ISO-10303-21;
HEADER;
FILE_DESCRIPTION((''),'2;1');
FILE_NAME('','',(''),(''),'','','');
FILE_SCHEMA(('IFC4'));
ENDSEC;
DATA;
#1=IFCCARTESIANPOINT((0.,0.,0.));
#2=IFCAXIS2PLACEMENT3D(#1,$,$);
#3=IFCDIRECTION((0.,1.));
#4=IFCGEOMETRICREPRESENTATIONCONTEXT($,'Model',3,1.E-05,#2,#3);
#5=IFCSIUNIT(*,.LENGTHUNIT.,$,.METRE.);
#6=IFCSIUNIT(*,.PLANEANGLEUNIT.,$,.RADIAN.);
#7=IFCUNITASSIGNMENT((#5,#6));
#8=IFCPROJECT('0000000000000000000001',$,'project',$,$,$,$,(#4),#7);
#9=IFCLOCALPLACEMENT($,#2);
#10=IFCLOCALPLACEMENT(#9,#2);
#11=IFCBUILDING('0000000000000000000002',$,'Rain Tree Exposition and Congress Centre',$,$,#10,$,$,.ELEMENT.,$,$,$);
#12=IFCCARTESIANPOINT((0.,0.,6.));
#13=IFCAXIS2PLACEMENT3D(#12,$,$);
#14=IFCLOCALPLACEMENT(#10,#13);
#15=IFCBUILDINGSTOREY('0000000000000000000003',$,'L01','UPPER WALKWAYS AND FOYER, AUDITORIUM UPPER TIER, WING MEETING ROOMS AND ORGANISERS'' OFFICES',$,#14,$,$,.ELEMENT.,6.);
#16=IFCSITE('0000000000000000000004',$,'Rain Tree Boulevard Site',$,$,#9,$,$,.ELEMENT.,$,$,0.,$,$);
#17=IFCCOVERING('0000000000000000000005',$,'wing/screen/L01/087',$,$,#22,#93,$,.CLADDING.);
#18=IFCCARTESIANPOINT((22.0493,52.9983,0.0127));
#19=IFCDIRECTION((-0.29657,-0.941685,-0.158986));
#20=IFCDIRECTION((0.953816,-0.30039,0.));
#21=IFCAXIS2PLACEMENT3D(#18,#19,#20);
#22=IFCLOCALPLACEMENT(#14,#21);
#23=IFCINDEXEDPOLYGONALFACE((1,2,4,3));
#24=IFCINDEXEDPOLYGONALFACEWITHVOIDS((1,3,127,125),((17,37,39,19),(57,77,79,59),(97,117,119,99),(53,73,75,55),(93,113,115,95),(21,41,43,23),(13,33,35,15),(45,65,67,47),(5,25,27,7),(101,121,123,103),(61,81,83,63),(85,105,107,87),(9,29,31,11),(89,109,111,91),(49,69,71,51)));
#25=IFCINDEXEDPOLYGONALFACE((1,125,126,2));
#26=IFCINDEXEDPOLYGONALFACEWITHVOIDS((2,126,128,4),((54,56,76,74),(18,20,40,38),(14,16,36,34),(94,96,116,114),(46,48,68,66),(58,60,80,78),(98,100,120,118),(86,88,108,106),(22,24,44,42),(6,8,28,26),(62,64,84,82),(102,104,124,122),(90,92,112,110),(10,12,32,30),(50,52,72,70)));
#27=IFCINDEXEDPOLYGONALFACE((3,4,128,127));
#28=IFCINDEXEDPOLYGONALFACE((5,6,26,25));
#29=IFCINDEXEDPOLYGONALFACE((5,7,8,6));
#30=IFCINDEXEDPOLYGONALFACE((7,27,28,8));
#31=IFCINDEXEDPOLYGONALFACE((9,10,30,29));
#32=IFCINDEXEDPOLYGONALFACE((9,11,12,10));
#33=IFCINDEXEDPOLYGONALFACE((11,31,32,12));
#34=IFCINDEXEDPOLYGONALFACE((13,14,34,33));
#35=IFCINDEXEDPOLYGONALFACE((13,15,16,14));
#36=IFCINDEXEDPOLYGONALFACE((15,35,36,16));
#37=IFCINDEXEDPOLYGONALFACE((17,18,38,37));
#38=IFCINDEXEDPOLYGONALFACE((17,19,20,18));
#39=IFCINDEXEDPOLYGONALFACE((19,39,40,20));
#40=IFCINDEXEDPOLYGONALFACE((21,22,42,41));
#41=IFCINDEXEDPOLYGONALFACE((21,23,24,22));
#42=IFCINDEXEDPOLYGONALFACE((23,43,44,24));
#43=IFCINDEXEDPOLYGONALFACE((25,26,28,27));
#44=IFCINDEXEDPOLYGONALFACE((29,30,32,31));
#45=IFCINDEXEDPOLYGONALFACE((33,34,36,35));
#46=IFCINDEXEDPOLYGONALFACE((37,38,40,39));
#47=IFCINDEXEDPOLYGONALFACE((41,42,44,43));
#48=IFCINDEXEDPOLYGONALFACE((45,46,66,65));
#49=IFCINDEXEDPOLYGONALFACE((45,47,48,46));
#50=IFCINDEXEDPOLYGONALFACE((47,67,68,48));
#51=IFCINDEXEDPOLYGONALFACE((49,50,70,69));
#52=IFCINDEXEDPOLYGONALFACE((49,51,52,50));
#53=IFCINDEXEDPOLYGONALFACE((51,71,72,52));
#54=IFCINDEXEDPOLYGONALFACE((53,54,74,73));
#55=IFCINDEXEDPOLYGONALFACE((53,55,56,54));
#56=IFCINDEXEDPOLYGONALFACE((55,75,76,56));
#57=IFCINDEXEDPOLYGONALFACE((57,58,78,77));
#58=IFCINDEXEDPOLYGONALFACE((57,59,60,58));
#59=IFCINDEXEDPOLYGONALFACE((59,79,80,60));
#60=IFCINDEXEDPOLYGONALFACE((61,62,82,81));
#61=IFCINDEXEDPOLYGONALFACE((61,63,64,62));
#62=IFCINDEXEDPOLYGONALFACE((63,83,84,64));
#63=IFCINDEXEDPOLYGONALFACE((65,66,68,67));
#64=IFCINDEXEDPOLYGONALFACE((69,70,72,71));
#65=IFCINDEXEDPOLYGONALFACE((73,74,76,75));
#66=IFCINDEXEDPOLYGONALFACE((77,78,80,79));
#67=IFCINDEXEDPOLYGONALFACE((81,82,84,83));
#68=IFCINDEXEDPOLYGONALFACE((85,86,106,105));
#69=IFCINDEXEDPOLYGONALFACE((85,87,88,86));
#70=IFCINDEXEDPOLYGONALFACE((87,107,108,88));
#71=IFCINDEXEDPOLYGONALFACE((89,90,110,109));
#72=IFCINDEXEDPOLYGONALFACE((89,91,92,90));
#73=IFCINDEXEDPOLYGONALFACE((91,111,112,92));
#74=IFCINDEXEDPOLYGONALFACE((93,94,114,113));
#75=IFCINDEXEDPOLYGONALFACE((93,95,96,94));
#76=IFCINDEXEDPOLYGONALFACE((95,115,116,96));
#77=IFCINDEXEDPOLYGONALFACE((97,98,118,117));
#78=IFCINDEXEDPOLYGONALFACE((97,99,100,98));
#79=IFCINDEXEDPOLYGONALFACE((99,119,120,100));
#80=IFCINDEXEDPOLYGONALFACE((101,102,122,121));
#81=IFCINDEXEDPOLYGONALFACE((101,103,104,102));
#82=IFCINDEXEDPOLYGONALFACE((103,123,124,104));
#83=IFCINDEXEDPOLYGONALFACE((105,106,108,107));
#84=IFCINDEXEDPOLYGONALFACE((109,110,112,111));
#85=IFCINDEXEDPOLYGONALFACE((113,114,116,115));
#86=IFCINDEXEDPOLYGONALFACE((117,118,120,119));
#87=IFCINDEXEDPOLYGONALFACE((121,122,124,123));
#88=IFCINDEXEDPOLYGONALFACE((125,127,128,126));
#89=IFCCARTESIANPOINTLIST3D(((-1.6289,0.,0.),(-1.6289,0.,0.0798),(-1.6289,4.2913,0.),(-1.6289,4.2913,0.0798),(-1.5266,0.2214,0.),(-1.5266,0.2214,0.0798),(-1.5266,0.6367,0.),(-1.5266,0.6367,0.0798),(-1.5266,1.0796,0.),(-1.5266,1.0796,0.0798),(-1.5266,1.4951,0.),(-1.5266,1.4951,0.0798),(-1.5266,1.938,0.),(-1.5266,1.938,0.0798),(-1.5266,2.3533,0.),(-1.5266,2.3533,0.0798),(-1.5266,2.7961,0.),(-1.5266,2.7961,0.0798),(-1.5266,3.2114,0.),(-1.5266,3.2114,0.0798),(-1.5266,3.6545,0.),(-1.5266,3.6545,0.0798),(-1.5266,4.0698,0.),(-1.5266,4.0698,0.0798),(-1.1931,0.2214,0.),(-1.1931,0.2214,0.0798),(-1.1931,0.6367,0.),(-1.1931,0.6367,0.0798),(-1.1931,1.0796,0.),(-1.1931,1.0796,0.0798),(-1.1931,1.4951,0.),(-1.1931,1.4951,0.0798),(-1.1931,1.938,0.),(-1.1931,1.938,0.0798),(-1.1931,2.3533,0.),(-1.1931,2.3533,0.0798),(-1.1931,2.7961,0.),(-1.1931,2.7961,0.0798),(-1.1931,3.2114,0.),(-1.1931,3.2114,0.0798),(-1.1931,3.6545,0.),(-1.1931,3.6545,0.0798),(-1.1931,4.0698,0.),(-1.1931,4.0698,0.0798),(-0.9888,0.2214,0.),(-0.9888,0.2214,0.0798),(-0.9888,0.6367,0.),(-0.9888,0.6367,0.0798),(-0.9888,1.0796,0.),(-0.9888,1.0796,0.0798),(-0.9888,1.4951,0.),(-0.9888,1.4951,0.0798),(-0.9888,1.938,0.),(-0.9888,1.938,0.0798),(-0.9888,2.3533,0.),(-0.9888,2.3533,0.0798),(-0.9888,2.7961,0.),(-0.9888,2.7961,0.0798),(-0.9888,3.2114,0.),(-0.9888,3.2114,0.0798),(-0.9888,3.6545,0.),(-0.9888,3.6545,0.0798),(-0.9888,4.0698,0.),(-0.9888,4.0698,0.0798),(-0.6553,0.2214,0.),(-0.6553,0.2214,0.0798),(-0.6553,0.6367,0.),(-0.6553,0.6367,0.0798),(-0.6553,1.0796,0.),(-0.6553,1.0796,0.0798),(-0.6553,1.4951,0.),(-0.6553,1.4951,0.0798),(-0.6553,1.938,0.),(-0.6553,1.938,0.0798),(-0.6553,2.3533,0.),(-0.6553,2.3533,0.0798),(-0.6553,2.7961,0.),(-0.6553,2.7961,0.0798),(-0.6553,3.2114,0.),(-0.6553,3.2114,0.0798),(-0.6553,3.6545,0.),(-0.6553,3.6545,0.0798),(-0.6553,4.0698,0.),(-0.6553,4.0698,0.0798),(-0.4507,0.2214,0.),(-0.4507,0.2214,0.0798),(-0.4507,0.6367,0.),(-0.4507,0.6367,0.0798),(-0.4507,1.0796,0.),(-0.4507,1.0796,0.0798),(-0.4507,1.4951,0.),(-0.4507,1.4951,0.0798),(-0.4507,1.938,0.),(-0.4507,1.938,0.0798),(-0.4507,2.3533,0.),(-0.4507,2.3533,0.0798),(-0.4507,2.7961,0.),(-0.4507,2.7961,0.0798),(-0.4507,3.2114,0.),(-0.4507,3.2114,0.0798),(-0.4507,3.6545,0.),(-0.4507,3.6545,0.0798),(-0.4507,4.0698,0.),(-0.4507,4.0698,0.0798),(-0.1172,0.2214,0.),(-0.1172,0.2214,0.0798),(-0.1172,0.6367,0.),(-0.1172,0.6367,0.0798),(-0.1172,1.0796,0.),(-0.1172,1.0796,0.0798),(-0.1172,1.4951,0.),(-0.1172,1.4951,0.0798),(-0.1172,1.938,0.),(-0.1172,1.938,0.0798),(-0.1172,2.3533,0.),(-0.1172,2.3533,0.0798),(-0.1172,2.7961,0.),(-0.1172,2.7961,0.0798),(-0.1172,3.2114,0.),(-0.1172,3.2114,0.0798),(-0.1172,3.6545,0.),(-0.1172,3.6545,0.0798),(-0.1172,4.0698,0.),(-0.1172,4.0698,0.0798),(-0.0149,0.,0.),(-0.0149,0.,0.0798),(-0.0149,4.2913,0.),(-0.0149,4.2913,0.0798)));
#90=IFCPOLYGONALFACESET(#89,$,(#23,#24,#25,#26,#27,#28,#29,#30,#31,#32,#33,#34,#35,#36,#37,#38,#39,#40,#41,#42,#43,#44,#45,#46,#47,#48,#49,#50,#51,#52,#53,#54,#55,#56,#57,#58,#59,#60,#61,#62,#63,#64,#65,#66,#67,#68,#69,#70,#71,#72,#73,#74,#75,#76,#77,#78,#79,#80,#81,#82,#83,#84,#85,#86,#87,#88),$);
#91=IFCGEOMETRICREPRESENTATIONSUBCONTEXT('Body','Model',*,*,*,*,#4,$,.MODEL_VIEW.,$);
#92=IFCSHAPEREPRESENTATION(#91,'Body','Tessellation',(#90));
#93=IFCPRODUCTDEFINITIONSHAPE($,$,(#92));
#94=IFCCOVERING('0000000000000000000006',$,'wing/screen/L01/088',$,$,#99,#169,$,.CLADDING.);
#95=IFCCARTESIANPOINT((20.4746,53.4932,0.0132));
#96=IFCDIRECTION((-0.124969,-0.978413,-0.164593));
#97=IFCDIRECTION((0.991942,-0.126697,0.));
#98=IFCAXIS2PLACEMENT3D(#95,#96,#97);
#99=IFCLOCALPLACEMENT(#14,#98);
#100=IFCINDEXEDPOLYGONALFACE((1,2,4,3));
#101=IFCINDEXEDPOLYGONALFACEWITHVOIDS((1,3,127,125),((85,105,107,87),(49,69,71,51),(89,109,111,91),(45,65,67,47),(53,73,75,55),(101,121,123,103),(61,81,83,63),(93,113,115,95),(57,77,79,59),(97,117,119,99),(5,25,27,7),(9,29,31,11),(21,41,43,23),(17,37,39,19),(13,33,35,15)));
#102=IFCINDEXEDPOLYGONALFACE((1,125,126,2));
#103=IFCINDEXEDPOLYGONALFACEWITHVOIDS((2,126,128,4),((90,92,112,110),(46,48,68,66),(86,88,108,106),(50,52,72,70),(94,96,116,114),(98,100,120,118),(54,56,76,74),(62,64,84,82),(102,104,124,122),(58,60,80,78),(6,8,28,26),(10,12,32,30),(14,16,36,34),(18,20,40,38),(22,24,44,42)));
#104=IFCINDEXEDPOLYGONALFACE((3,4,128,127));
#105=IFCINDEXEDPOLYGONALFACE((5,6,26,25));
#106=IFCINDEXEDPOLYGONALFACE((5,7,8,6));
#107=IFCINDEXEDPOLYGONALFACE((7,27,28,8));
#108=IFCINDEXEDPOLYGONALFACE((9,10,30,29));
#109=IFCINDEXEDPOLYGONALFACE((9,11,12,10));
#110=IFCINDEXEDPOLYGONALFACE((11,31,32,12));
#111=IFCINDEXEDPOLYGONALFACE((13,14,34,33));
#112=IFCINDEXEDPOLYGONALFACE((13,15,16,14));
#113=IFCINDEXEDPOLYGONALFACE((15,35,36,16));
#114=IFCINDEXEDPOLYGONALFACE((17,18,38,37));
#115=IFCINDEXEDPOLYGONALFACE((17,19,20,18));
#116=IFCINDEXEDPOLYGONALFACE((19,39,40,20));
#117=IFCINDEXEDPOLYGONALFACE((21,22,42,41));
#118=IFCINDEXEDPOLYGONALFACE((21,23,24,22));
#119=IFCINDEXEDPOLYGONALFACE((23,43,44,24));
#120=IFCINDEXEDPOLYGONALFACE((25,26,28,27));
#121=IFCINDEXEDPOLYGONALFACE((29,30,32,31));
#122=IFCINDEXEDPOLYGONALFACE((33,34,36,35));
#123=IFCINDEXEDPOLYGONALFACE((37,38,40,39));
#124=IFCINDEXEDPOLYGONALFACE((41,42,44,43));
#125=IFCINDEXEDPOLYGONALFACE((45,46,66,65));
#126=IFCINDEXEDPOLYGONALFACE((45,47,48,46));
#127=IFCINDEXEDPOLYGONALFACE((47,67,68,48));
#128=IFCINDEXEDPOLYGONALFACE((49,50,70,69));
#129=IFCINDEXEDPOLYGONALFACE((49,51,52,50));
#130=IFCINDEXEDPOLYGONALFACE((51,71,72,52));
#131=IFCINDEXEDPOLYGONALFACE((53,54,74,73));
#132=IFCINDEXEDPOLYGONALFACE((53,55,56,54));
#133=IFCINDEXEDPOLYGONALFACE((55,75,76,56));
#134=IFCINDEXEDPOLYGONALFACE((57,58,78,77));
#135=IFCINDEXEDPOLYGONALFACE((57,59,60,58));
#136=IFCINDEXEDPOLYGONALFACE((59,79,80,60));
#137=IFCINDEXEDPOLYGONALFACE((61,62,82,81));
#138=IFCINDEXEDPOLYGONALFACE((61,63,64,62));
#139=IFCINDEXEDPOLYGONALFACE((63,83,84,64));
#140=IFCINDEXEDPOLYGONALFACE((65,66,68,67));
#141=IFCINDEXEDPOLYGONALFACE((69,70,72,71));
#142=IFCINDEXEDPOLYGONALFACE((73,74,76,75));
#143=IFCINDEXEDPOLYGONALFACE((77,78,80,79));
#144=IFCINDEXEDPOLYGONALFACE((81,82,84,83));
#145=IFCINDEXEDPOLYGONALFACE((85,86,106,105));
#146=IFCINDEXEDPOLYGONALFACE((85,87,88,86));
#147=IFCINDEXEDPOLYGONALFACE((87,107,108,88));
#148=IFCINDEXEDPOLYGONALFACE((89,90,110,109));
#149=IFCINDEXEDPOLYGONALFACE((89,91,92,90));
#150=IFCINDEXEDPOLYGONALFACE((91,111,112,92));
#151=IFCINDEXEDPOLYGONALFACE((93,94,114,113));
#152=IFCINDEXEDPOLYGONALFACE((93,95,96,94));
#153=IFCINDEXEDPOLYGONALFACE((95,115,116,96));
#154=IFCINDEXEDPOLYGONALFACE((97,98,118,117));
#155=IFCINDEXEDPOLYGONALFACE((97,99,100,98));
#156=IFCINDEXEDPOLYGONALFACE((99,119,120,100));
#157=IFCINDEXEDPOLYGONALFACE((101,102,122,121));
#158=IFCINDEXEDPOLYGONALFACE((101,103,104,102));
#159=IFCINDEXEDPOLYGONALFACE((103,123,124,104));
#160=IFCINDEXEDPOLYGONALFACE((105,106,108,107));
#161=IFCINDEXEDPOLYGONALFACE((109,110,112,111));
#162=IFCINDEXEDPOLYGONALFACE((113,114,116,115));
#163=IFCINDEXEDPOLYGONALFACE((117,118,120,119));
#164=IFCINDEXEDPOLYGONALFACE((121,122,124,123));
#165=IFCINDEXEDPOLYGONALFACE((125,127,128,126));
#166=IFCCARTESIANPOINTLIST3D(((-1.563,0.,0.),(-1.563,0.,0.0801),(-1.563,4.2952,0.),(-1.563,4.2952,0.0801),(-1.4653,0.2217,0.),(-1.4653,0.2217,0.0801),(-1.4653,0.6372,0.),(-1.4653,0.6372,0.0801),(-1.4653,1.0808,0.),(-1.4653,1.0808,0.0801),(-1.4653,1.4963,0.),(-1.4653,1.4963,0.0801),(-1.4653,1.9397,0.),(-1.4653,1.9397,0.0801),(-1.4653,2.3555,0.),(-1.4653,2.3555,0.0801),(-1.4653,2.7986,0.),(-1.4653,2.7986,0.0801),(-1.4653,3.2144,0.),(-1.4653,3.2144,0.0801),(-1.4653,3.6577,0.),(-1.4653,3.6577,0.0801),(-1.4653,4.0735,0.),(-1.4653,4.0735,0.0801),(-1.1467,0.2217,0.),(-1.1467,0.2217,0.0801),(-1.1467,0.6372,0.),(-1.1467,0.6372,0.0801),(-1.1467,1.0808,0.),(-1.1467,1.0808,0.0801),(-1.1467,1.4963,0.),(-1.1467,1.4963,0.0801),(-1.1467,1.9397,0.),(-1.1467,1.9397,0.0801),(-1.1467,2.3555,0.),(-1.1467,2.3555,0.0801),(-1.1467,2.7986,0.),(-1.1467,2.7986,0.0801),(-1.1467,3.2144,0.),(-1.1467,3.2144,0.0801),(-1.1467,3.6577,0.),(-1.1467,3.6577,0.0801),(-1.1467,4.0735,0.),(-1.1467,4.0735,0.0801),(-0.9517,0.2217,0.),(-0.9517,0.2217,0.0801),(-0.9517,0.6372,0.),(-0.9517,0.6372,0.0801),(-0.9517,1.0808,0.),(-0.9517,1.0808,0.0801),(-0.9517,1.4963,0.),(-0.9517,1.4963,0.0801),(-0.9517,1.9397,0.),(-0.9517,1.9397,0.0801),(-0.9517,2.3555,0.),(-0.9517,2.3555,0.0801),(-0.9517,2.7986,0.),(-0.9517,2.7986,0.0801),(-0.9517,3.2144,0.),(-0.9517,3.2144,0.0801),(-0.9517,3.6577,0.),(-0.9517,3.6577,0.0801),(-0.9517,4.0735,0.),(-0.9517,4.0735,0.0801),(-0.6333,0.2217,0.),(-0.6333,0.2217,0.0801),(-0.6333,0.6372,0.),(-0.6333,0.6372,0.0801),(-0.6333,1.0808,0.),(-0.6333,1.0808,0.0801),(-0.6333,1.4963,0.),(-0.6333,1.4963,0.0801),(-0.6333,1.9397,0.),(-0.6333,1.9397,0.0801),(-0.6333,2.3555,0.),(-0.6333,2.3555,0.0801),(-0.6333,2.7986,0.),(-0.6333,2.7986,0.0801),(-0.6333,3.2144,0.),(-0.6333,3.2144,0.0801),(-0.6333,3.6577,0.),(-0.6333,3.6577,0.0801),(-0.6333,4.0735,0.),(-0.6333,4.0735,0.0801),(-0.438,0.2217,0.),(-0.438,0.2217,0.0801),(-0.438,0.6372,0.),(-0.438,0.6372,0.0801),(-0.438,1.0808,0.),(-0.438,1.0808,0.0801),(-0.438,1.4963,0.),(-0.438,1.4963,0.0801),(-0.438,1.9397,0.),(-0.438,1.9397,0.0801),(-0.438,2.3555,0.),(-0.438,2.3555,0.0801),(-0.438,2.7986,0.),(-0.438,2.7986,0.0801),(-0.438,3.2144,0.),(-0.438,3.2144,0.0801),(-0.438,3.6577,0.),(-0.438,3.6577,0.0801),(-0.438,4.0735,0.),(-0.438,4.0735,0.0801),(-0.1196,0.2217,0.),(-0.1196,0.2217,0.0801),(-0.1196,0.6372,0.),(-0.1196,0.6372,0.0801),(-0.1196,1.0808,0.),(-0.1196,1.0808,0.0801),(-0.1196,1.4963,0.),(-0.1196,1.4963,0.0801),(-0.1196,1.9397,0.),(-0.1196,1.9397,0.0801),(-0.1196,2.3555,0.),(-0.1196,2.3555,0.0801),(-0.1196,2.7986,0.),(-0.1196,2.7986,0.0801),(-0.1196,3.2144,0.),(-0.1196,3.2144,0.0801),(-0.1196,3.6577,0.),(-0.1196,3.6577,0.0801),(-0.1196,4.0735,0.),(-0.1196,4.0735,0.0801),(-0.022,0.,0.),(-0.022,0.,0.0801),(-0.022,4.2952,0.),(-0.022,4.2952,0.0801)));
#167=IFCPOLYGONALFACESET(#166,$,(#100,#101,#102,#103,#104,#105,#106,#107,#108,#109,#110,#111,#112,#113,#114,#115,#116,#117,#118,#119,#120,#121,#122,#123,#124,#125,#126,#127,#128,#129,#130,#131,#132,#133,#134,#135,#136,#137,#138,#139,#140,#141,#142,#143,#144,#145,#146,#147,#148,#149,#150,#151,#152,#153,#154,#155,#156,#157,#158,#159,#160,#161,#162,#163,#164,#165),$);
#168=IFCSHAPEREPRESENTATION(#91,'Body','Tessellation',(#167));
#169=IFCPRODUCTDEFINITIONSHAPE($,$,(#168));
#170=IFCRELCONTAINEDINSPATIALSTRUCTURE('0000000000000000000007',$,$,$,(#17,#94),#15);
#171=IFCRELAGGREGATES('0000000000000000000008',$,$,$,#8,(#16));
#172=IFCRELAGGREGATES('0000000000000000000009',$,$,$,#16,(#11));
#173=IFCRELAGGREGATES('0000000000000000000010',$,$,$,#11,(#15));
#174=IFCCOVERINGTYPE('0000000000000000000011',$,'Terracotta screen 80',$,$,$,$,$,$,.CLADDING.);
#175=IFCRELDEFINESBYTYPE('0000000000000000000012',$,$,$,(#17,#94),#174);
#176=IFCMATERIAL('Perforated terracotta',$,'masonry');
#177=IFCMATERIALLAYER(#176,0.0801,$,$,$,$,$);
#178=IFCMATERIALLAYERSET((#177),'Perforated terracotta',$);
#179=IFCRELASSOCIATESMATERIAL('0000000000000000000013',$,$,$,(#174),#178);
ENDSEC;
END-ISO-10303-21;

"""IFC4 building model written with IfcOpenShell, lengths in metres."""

from ifc_helpers import new_model, si_unit, direction, frame, origin, place, context, subcontext, project, spatial, polyline, outline, extrude, material, layer, layer_set, type_object, element, save


model = new_model("IFC4")

# Units and contexts
model_context = context("Model", 3, precision=1e-05, world=origin(), true_north=direction((0.0, 1.0)))
body_context = subcontext(model_context, "Body", "Model", "MODEL_VIEW")
ifc_project = project(units=[si_unit("LENGTHUNIT", "METRE"), si_unit("PLANEANGLEUNIT", "RADIAN")], contexts=[model_context])

# Site, building, storey
site_placement = place(None, origin())
site = spatial("IfcSite", under=ifc_project, at=site_placement, Name="Rain Tree Boulevard Site", CompositionType="ELEMENT", RefElevation=0.0)
building_placement = place(site_placement, origin())
building = spatial("IfcBuilding", under=site, at=building_placement, Name="Rain Tree Exposition and Congress Centre", CompositionType="ELEMENT")
storey_placement = place(building_placement, frame((0.0, 0.0, 6.0)))
storey = spatial("IfcBuildingStorey", under=building, at=storey_placement, Name="L01", Description="UPPER WALKWAYS AND FOYER, AUDITORIUM UPPER TIER, WING MEETING ROOMS AND ORGANISERS' OFFICES", CompositionType="ELEMENT", Elevation=6.0)

# Coverings
ifc_material_1 = material(Name="Perforated terracotta", Category="masonry")
ifc_layer_1 = layer(ifc_material_1, 0.0801)
ifc_layer_set_1 = layer_set([ifc_layer_1], Name="Perforated terracotta")
covering_type = type_object("IfcCoveringType", Name="Terracotta screen 80", PredefinedType="CLADDING", material=ifc_layer_set_1)
covering_1_placement = place(storey_placement, frame((22.0493, 52.9983, 0.0127), z_axis=(-0.29657, -0.941685, -0.158986), x_axis=(0.953816, -0.30039, 0.0)))
element("IfcCovering", 1, at=covering_1_placement, inside=storey, type_object=covering_type, Name="wing/screen/L01/087", PredefinedType="CLADDING", context=body_context, shape_type="SweptSolid", body=[
    extrude(outline(polyline([(-1.6289, 0.0), (-1.6289, 4.2913), (-0.0149, 4.2913), (-0.0149, 0.0), (-1.6289, 0.0)]), holes=[polyline([(-0.1172, 0.2214), (-0.1172, 0.6367), (-0.4507, 0.6367), (-0.4507, 0.2214), (-0.1172, 0.2214)]), polyline([(-0.1172, 1.0796), (-0.1172, 1.4951), (-0.4507, 1.4951), (-0.4507, 1.0796), (-0.1172, 1.0796)]), polyline([(-0.1172, 1.938), (-0.1172, 2.3533), (-0.4507, 2.3533), (-0.4507, 1.938), (-0.1172, 1.938)]), polyline([(-0.1172, 2.7961), (-0.1172, 3.2114), (-0.4507, 3.2114), (-0.4507, 2.7961), (-0.1172, 2.7961)]), polyline([(-0.1172, 3.6545), (-0.1172, 4.0698), (-0.4507, 4.0698), (-0.4507, 3.6545), (-0.1172, 3.6545)]), polyline([(-0.6553, 0.2214), (-0.6553, 0.6367), (-0.9888, 0.6367), (-0.9888, 0.2214), (-0.6553, 0.2214)]), polyline([(-0.6553, 1.0796), (-0.6553, 1.4951), (-0.9888, 1.4951), (-0.9888, 1.0796), (-0.6553, 1.0796)]), polyline([(-0.6553, 1.938), (-0.6553, 2.3533), (-0.9888, 2.3533), (-0.9888, 1.938), (-0.6553, 1.938)]), polyline([(-0.6553, 2.7961), (-0.6553, 3.2114), (-0.9888, 3.2114), (-0.9888, 2.7961), (-0.6553, 2.7961)]), polyline([(-0.6553, 3.6545), (-0.6553, 4.0698), (-0.9888, 4.0698), (-0.9888, 3.6545), (-0.6553, 3.6545)]), polyline([(-1.1931, 0.2214), (-1.1931, 0.6367), (-1.5266, 0.6367), (-1.5266, 0.2214), (-1.1931, 0.2214)]), polyline([(-1.1931, 1.0796), (-1.1931, 1.4951), (-1.5266, 1.4951), (-1.5266, 1.0796), (-1.1931, 1.0796)]), polyline([(-1.1931, 1.938), (-1.1931, 2.3533), (-1.5266, 2.3533), (-1.5266, 1.938), (-1.1931, 1.938)]), polyline([(-1.1931, 2.7961), (-1.1931, 3.2114), (-1.5266, 3.2114), (-1.5266, 2.7961), (-1.1931, 2.7961)]), polyline([(-1.1931, 3.6545), (-1.1931, 4.0698), (-1.5266, 4.0698), (-1.5266, 3.6545), (-1.1931, 3.6545)])]), origin(), (0.0, 0.0, 1.0), 0.0798),
])
covering_2_placement = place(storey_placement, frame((20.4746, 53.4932, 0.0132), z_axis=(-0.124969, -0.978413, -0.164593), x_axis=(0.991942, -0.126697, 0.0)))
element("IfcCovering", 2, at=covering_2_placement, inside=storey, type_object=covering_type, Name="wing/screen/L01/088", PredefinedType="CLADDING", context=body_context, shape_type="SweptSolid", body=[
    extrude(outline(polyline([(-1.563, 0.0), (-1.563, 4.2952), (-0.022, 4.2952), (-0.022, 0.0), (-1.563, 0.0)]), holes=[polyline([(-0.1196, 0.2217), (-0.1196, 0.6372), (-0.438, 0.6372), (-0.438, 0.2217), (-0.1196, 0.2217)]), polyline([(-0.1196, 1.0808), (-0.1196, 1.4963), (-0.438, 1.4963), (-0.438, 1.0808), (-0.1196, 1.0808)]), polyline([(-0.1196, 1.9397), (-0.1196, 2.3555), (-0.438, 2.3555), (-0.438, 1.9397), (-0.1196, 1.9397)]), polyline([(-0.1196, 2.7986), (-0.1196, 3.2144), (-0.438, 3.2144), (-0.438, 2.7986), (-0.1196, 2.7986)]), polyline([(-0.1196, 3.6577), (-0.1196, 4.0735), (-0.438, 4.0735), (-0.438, 3.6577), (-0.1196, 3.6577)]), polyline([(-0.6333, 0.2217), (-0.6333, 0.6372), (-0.9517, 0.6372), (-0.9517, 0.2217), (-0.6333, 0.2217)]), polyline([(-0.6333, 1.0808), (-0.6333, 1.4963), (-0.9517, 1.4963), (-0.9517, 1.0808), (-0.6333, 1.0808)]), polyline([(-0.6333, 1.9397), (-0.6333, 2.3555), (-0.9517, 2.3555), (-0.9517, 1.9397), (-0.6333, 1.9397)]), polyline([(-0.6333, 2.7986), (-0.6333, 3.2144), (-0.9517, 3.2144), (-0.9517, 2.7986), (-0.6333, 2.7986)]), polyline([(-0.6333, 3.6577), (-0.6333, 4.0735), (-0.9517, 4.0735), (-0.9517, 3.6577), (-0.6333, 3.6577)]), polyline([(-1.1467, 0.2217), (-1.1467, 0.6372), (-1.4653, 0.6372), (-1.4653, 0.2217), (-1.1467, 0.2217)]), polyline([(-1.1467, 1.0808), (-1.1467, 1.4963), (-1.4653, 1.4963), (-1.4653, 1.0808), (-1.1467, 1.0808)]), polyline([(-1.1467, 1.9397), (-1.1467, 2.3555), (-1.4653, 2.3555), (-1.4653, 1.9397), (-1.1467, 1.9397)]), polyline([(-1.1467, 2.7986), (-1.1467, 3.2144), (-1.4653, 3.2144), (-1.4653, 2.7986), (-1.1467, 2.7986)]), polyline([(-1.1467, 3.6577), (-1.1467, 4.0735), (-1.4653, 4.0735), (-1.4653, 3.6577), (-1.1467, 3.6577)])]), origin(), (0.0, 0.0, 1.0), 0.0801),
])

save(model, "model.ifc")
